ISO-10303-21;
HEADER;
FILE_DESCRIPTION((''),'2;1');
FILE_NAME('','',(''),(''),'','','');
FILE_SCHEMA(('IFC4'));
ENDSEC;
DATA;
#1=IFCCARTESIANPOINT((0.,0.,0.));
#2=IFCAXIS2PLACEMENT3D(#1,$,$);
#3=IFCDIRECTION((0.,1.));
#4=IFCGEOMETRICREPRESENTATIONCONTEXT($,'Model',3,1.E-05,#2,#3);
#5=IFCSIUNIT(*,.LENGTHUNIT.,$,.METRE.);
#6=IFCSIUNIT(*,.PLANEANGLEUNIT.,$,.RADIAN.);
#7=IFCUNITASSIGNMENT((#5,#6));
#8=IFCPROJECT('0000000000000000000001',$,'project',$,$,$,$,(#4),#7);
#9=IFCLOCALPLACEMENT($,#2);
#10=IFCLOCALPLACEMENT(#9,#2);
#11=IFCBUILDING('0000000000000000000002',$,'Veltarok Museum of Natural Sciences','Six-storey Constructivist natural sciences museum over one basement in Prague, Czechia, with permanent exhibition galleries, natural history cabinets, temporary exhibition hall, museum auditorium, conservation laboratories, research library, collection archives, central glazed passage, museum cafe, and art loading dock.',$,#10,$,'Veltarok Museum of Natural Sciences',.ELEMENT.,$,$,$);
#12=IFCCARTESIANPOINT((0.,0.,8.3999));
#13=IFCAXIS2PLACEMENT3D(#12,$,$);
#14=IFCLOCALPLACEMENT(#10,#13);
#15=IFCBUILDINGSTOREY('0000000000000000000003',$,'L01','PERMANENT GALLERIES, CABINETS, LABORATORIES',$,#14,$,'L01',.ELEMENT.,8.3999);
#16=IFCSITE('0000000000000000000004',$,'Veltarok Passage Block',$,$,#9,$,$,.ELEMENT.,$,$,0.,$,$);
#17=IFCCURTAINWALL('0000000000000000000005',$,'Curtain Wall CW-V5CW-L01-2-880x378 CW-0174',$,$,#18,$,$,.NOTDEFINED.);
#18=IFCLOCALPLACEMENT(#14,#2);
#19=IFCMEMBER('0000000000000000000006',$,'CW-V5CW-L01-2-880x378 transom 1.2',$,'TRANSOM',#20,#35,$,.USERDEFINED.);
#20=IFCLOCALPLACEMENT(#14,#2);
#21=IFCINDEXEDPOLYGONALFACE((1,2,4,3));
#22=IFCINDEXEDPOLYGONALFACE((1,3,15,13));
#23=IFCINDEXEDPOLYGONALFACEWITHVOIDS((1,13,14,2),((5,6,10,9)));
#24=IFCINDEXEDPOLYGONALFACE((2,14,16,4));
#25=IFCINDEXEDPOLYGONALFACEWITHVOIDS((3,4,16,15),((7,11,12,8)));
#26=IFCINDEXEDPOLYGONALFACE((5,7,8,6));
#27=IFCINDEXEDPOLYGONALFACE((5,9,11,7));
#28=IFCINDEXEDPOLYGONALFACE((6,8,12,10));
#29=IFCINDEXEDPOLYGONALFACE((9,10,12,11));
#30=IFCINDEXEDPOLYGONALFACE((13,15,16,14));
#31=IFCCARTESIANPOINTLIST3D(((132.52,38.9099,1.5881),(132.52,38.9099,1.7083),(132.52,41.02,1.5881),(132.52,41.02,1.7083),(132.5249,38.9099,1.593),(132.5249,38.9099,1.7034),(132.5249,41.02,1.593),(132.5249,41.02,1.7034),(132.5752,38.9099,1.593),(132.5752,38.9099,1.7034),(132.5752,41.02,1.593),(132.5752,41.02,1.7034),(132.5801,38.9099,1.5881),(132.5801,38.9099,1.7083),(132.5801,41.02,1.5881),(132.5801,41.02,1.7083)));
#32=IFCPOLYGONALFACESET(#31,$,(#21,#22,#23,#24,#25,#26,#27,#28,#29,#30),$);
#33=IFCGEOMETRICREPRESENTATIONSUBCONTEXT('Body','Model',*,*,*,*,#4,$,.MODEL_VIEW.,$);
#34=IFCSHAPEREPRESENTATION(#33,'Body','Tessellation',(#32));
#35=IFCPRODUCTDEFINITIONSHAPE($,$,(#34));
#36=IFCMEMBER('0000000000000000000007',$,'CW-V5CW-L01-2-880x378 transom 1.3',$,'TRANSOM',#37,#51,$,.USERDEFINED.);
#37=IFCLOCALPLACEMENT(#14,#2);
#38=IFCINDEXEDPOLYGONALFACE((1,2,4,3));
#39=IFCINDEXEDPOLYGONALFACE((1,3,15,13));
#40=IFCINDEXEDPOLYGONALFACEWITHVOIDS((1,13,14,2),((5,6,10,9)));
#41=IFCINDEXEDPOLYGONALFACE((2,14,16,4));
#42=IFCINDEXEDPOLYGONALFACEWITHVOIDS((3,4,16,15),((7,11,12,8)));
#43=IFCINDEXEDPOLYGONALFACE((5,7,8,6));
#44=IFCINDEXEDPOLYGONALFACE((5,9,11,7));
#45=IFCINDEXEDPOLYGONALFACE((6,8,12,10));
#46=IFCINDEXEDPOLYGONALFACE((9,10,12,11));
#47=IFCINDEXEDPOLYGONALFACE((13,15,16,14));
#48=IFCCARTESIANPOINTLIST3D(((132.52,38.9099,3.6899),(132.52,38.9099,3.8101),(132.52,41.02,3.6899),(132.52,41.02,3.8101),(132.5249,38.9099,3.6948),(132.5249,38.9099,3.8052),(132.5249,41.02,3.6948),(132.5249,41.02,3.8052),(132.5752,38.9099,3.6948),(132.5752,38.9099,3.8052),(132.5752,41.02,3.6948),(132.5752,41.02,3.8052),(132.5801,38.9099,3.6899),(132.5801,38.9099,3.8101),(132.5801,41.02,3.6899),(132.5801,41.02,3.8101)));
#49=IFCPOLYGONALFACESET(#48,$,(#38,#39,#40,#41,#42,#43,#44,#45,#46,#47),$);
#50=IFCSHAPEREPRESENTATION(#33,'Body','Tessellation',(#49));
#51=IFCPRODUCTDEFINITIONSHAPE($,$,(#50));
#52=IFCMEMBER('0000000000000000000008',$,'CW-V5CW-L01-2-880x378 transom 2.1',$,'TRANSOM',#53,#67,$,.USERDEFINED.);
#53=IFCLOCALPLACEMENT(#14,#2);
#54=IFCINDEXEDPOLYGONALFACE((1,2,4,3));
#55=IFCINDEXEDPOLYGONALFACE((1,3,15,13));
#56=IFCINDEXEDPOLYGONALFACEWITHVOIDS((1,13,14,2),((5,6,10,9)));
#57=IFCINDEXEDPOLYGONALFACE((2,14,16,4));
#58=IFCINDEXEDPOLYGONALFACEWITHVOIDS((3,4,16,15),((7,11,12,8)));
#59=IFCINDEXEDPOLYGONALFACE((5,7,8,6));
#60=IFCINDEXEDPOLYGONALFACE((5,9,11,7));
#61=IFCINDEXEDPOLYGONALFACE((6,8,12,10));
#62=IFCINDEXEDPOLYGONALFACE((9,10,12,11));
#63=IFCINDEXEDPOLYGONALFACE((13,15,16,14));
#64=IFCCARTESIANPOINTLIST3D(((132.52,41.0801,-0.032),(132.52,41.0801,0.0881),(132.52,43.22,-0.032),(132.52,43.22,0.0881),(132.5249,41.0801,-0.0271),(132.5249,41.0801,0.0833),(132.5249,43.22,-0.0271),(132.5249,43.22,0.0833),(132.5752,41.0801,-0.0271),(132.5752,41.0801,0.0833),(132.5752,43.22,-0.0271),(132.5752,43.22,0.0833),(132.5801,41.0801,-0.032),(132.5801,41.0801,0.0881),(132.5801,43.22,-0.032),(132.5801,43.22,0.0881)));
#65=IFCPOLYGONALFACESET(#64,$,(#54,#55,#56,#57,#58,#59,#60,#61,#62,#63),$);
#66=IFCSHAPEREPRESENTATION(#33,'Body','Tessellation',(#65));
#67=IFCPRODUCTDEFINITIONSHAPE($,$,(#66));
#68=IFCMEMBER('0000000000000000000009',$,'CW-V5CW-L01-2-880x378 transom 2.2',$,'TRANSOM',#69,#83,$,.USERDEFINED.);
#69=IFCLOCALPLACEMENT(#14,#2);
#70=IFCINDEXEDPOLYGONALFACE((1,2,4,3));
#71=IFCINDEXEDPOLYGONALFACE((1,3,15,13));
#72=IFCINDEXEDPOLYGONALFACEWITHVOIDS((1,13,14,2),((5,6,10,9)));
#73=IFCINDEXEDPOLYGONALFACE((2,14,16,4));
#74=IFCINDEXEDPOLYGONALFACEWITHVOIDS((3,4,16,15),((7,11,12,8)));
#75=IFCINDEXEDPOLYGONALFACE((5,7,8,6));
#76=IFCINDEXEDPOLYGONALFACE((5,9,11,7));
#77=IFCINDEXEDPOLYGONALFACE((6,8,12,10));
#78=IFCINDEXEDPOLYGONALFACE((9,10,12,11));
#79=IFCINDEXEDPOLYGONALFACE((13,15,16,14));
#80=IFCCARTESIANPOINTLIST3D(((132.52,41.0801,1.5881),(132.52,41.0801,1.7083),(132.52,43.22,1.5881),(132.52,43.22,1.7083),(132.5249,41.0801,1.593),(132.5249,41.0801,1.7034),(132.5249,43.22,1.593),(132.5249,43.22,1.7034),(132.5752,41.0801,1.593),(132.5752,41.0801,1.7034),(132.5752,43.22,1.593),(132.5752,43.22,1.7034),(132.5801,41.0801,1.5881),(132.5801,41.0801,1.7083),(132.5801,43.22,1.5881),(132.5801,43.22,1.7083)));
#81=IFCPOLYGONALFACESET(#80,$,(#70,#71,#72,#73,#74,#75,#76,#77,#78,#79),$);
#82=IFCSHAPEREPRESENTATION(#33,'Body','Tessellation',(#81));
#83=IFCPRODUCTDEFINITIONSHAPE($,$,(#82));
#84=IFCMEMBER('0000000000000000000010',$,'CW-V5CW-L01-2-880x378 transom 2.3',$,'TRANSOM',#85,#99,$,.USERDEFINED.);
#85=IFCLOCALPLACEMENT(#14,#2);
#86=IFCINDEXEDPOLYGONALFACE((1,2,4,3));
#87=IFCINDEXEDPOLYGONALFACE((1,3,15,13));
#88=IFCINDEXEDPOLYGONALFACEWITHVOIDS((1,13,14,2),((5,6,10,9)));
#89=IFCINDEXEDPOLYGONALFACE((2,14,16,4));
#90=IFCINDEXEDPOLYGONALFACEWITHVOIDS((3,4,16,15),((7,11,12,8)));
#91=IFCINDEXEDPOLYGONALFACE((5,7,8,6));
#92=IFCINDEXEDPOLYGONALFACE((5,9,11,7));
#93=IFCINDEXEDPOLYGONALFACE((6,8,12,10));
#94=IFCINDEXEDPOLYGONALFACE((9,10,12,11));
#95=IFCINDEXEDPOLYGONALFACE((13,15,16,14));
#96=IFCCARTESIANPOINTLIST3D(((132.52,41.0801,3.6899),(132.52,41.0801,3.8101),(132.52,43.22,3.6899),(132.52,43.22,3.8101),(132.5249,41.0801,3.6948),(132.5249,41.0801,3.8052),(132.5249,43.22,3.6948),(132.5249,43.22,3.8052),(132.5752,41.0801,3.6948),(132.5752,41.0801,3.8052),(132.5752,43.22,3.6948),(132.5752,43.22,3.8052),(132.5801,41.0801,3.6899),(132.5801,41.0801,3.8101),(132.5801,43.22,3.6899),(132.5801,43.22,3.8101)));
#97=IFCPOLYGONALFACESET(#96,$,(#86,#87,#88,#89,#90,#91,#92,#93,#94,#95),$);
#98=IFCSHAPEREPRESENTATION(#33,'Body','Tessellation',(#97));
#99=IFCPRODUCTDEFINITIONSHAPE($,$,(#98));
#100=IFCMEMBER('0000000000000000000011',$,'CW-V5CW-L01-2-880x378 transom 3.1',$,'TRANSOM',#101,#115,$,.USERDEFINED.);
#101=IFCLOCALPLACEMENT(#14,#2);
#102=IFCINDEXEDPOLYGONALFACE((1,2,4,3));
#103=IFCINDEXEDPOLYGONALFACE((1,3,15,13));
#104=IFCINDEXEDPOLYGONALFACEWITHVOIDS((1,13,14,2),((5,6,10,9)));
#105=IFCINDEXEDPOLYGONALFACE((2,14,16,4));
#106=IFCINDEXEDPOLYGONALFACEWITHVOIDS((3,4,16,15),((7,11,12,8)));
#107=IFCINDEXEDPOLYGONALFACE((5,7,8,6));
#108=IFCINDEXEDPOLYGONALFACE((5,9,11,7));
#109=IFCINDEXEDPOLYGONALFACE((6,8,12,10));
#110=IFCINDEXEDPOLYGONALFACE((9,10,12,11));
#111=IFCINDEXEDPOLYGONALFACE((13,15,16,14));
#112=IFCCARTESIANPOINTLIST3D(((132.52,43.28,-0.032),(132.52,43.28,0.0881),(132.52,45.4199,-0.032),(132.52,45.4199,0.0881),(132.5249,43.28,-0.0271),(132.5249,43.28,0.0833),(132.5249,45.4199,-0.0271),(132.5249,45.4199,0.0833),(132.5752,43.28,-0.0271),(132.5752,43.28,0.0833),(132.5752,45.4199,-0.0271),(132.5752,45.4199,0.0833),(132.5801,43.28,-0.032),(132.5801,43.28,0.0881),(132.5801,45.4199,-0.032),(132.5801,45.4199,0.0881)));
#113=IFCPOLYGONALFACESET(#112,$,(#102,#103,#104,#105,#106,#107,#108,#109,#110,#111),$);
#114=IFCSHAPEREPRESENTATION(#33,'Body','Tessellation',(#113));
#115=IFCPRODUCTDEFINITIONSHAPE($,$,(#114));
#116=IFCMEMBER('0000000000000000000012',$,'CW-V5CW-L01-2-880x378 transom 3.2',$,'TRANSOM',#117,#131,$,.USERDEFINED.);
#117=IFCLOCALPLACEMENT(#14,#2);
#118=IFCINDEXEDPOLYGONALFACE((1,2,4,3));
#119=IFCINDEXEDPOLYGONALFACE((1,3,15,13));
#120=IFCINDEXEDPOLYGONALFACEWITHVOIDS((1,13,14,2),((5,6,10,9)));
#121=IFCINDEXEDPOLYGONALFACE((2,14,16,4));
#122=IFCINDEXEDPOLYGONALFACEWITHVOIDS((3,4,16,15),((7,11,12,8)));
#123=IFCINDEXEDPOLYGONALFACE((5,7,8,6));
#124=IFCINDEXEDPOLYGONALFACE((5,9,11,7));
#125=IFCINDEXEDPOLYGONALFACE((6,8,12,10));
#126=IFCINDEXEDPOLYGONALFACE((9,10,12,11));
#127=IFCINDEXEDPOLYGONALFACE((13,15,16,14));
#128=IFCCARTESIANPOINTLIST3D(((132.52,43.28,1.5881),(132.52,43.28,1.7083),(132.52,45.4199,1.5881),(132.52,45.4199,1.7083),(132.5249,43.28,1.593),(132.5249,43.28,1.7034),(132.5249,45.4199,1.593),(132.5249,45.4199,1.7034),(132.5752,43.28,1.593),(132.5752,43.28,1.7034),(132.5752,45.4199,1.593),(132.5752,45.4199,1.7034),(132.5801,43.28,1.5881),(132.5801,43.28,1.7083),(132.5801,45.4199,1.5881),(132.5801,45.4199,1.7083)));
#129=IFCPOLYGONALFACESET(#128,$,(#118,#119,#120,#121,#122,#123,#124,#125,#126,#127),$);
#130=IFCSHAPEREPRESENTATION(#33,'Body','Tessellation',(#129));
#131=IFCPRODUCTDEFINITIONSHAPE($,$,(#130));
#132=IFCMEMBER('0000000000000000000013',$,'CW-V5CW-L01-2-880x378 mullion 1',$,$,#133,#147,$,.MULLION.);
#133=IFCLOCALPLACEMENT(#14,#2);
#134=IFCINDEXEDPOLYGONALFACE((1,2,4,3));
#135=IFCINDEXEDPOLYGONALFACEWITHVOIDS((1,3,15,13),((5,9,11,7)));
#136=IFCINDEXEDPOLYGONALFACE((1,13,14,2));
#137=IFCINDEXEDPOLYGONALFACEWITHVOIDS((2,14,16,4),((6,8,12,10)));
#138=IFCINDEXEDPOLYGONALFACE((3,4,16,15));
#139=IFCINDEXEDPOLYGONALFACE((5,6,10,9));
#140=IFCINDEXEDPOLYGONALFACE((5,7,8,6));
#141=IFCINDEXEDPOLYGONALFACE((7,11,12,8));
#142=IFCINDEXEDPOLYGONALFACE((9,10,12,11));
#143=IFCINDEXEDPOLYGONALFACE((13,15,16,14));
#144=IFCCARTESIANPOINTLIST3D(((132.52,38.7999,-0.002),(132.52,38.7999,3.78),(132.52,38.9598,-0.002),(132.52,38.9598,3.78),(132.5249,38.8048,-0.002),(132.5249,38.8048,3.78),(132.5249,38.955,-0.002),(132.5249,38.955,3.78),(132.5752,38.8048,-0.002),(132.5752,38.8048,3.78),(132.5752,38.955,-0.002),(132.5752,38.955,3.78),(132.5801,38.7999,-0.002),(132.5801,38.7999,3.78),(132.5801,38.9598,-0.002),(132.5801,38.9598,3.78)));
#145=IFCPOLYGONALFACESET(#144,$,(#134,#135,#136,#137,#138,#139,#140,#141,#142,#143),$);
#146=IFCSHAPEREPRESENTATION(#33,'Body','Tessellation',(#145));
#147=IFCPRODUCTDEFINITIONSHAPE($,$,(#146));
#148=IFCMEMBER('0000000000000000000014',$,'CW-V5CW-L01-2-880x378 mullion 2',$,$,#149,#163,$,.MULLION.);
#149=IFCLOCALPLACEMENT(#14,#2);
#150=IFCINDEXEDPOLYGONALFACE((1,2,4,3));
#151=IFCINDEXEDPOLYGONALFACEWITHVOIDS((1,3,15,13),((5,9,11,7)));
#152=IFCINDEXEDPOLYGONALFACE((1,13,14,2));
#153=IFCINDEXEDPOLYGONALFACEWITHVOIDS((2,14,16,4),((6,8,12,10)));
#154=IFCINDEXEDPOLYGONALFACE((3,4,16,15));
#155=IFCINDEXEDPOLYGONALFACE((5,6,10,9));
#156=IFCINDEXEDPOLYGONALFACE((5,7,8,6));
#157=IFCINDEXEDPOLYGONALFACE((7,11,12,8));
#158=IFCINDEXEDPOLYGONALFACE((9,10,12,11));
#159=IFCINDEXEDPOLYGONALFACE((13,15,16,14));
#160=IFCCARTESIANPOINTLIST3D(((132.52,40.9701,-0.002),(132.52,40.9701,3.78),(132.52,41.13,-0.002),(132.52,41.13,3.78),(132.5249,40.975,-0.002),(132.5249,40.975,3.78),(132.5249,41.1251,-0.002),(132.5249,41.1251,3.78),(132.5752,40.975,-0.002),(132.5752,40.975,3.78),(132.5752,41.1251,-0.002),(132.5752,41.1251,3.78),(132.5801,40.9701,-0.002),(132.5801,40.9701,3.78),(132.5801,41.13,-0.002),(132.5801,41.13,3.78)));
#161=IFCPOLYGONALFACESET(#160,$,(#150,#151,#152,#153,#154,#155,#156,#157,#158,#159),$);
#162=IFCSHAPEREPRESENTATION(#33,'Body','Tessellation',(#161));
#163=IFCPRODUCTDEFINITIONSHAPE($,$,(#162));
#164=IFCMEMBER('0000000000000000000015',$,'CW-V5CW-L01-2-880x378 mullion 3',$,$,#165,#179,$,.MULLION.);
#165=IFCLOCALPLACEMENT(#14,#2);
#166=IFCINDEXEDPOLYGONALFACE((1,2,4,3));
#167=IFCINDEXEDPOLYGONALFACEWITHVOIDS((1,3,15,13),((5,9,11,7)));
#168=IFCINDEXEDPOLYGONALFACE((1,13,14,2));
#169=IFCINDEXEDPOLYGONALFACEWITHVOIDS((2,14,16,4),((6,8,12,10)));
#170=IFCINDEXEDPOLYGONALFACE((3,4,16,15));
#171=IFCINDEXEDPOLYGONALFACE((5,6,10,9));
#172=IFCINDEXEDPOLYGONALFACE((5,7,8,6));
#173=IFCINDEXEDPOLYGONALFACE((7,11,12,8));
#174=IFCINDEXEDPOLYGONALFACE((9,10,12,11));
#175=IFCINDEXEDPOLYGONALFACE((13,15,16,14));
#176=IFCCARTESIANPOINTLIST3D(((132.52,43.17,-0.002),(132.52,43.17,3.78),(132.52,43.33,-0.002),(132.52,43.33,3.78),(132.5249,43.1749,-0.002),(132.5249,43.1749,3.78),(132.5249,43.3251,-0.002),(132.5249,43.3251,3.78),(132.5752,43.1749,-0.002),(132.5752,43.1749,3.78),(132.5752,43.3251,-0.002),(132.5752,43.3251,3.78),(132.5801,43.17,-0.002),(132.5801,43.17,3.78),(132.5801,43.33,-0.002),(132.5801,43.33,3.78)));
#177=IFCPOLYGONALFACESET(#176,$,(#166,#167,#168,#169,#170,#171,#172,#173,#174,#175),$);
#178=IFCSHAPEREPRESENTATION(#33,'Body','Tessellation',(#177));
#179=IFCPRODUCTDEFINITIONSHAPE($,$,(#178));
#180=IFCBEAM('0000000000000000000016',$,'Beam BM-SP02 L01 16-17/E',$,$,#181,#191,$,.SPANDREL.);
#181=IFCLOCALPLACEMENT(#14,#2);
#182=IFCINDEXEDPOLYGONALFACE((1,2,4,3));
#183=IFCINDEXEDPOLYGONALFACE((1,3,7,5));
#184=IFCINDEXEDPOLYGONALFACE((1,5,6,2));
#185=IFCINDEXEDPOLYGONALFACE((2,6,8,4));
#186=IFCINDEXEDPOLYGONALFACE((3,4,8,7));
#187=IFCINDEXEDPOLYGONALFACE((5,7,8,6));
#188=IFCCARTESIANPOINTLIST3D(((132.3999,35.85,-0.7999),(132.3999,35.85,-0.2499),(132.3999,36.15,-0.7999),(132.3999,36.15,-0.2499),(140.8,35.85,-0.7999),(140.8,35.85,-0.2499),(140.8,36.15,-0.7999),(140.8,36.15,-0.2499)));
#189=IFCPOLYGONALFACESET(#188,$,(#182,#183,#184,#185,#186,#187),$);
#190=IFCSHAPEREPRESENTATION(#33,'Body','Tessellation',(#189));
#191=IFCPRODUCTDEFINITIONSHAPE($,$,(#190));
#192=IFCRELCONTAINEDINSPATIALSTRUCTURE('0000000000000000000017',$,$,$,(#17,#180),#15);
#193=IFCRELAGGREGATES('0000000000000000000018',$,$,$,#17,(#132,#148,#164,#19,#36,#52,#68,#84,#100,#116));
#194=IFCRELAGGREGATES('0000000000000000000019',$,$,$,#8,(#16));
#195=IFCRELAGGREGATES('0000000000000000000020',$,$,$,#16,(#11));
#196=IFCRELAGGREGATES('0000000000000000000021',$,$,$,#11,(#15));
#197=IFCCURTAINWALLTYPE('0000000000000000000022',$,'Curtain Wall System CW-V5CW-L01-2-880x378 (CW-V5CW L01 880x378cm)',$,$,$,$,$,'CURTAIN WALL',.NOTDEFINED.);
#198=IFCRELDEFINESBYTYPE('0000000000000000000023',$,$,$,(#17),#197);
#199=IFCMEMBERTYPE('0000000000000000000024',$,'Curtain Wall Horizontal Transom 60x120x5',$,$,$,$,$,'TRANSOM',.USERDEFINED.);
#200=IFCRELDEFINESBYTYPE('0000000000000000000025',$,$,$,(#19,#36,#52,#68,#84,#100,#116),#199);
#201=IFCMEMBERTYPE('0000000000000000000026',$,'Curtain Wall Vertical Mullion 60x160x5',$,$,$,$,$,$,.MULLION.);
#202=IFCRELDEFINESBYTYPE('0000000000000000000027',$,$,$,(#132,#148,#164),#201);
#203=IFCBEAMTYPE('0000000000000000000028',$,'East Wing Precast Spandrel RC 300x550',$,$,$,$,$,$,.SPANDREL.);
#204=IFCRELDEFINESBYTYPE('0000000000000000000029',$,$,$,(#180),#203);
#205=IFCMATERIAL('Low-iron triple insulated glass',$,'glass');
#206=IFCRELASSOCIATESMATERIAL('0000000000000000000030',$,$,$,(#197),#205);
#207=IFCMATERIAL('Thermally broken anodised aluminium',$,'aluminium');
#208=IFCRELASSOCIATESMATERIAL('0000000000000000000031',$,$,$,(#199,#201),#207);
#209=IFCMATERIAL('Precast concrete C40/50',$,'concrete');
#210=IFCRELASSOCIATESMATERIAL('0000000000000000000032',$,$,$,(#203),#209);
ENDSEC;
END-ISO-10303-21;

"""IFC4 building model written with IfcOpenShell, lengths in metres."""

from ifc_helpers import new_model, si_unit, direction, frame, origin, origin_2d, place, context, subcontext, project, spatial, rectangle, hollow_rectangle, extrude, material, material_profile, profile_set, type_object, element, aggregate, save


model = new_model("IFC4")

# Units and contexts
model_context = context("Model", 3, precision=1e-05, world=origin(), true_north=direction((0.0, 1.0)))
body_context = subcontext(model_context, "Body", "Model", "MODEL_VIEW")
ifc_project = project(units=[si_unit("LENGTHUNIT", "METRE"), si_unit("PLANEANGLEUNIT", "RADIAN")], contexts=[model_context])

# Site, building, storey
site_placement = place(None, origin())
site = spatial("IfcSite", under=ifc_project, at=site_placement, Name="Veltarok Passage Block", CompositionType="ELEMENT", RefElevation=0.0)
building_placement = place(site_placement, origin())
building = spatial("IfcBuilding", under=site, at=building_placement, Name="Veltarok Museum of Natural Sciences", Description="Six-storey Constructivist natural sciences museum over one basement in Prague, Czechia, with permanent exhibition galleries, natural history cabinets, temporary exhibition hall, museum auditorium, conservation laboratories, research library, collection archives, central glazed passage, museum cafe, and art loading dock.", LongName="Veltarok Museum of Natural Sciences", CompositionType="ELEMENT")
storey_placement = place(building_placement, frame((0.0, 0.0, 8.3999)))
storey = spatial("IfcBuildingStorey", under=building, at=storey_placement, Name="L01", Description="PERMANENT GALLERIES, CABINETS, LABORATORIES", LongName="L01", CompositionType="ELEMENT", Elevation=8.3999)

# Curtain wall, members
ifc_material_1 = material(Name="Low-iron triple insulated glass", Category="glass")
curtain_wall_type = type_object("IfcCurtainWallType", Name="Curtain Wall System CW-V5CW-L01-2-880x378 (CW-V5CW L01 880x378cm)", ElementType="CURTAIN WALL", PredefinedType="NOTDEFINED", material=ifc_material_1)
curtain_wall_placement = place(storey_placement, origin())
curtain_wall = element("IfcCurtainWall", 1, at=curtain_wall_placement, inside=storey, type_object=curtain_wall_type, Name="Curtain Wall CW-V5CW-L01-2-880x378 CW-0174", PredefinedType="NOTDEFINED")
ifc_material_2 = material(Name="Thermally broken anodised aluminium", Category="aluminium")
ifc_material_profile_1 = material_profile(ifc_material_2, hollow_rectangle(XDim=0.0601, YDim=0.1201, WallThickness=0.0049, at=origin_2d()), Name="CW TRANSOM 60x120x5")
ifc_profile_set_1 = profile_set([ifc_material_profile_1], Name="Thermally broken anodised aluminium")
member_type_1 = type_object("IfcMemberType", Name="Curtain Wall Horizontal Transom 60x120x5", ElementType="TRANSOM", PredefinedType="USERDEFINED", material=ifc_profile_set_1)
member_1_placement = place(storey_placement, frame((132.55, 38.9099, 1.6482), z_axis=(0.0, 1.0, 0.0), x_axis=(-1.0, 0.0, 0.0)))
member_1 = element("IfcMember", 2, at=member_1_placement, type_object=member_type_1, Name="CW-V5CW-L01-2-880x378 transom 1.2", ObjectType="TRANSOM", PredefinedType="USERDEFINED", context=body_context, shape_type="SweptSolid", body=[
    extrude(hollow_rectangle(XDim=0.0601, YDim=0.1201, WallThickness=0.0049, at=origin_2d()), origin(), (0.0, 0.0, 1.0), 2.1101),
])
member_2_placement = place(storey_placement, frame((132.55, 38.9099, 3.75), z_axis=(0.0, 1.0, 0.0), x_axis=(-1.0, 0.0, 0.0)))
member_2 = element("IfcMember", 3, at=member_2_placement, type_object=member_type_1, Name="CW-V5CW-L01-2-880x378 transom 1.3", ObjectType="TRANSOM", PredefinedType="USERDEFINED", context=body_context, shape_type="SweptSolid", body=[
    extrude(hollow_rectangle(XDim=0.0601, YDim=0.1201, WallThickness=0.0049, at=origin_2d()), origin(), (0.0, 0.0, 1.0), 2.1101),
])
member_3_placement = place(storey_placement, frame((132.55, 41.0801, 0.0281), z_axis=(0.0, 1.0, 0.0), x_axis=(-1.0, 0.0, 0.0)))
member_3 = element("IfcMember", 4, at=member_3_placement, type_object=member_type_1, Name="CW-V5CW-L01-2-880x378 transom 2.1", ObjectType="TRANSOM", PredefinedType="USERDEFINED", context=body_context, shape_type="SweptSolid", body=[
    extrude(hollow_rectangle(XDim=0.0601, YDim=0.1201, WallThickness=0.0049, at=origin_2d()), origin(), (0.0, 0.0, 1.0), 2.1399),
])
member_4_placement = place(storey_placement, frame((132.55, 41.0801, 1.6482), z_axis=(0.0, 1.0, 0.0), x_axis=(-1.0, 0.0, 0.0)))
member_4 = element("IfcMember", 5, at=member_4_placement, type_object=member_type_1, Name="CW-V5CW-L01-2-880x378 transom 2.2", ObjectType="TRANSOM", PredefinedType="USERDEFINED", context=body_context, shape_type="SweptSolid", body=[
    extrude(hollow_rectangle(XDim=0.0601, YDim=0.1201, WallThickness=0.0049, at=origin_2d()), origin(), (0.0, 0.0, 1.0), 2.1399),
])
member_5_placement = place(storey_placement, frame((132.55, 41.0801, 3.75), z_axis=(0.0, 1.0, 0.0), x_axis=(-1.0, 0.0, 0.0)))
member_5 = element("IfcMember", 6, at=member_5_placement, type_object=member_type_1, Name="CW-V5CW-L01-2-880x378 transom 2.3", ObjectType="TRANSOM", PredefinedType="USERDEFINED", context=body_context, shape_type="SweptSolid", body=[
    extrude(hollow_rectangle(XDim=0.0601, YDim=0.1201, WallThickness=0.0049, at=origin_2d()), origin(), (0.0, 0.0, 1.0), 2.1399),
])
member_6_placement = place(storey_placement, frame((132.55, 43.28, 0.0281), z_axis=(0.0, 1.0, 0.0), x_axis=(-1.0, 0.0, 0.0)))
member_6 = element("IfcMember", 7, at=member_6_placement, type_object=member_type_1, Name="CW-V5CW-L01-2-880x378 transom 3.1", ObjectType="TRANSOM", PredefinedType="USERDEFINED", context=body_context, shape_type="SweptSolid", body=[
    extrude(hollow_rectangle(XDim=0.0601, YDim=0.1201, WallThickness=0.0049, at=origin_2d()), origin(), (0.0, 0.0, 1.0), 2.1399),
])
member_7_placement = place(storey_placement, frame((132.55, 43.28, 1.6482), z_axis=(0.0, 1.0, 0.0), x_axis=(-1.0, 0.0, 0.0)))
member_7 = element("IfcMember", 8, at=member_7_placement, type_object=member_type_1, Name="CW-V5CW-L01-2-880x378 transom 3.2", ObjectType="TRANSOM", PredefinedType="USERDEFINED", context=body_context, shape_type="SweptSolid", body=[
    extrude(hollow_rectangle(XDim=0.0601, YDim=0.1201, WallThickness=0.0049, at=origin_2d()), origin(), (0.0, 0.0, 1.0), 2.1399),
])
ifc_material_profile_2 = material_profile(ifc_material_2, hollow_rectangle(XDim=0.0601, YDim=0.1599, WallThickness=0.0049, at=origin_2d()), Name="CW MULLION 60x160x5")
ifc_profile_set_2 = profile_set([ifc_material_profile_2], Name="Thermally broken anodised aluminium")
member_type_2 = type_object("IfcMemberType", Name="Curtain Wall Vertical Mullion 60x160x5", PredefinedType="MULLION", material=ifc_profile_set_2)
member_8_placement = place(storey_placement, frame((132.55, 38.8799, -0.002), z_axis=(0.0, 0.0, 1.0), x_axis=(-1.0, 0.0, 0.0)))
member_8 = element("IfcMember", 9, at=member_8_placement, type_object=member_type_2, Name="CW-V5CW-L01-2-880x378 mullion 1", PredefinedType="MULLION", context=body_context, shape_type="SweptSolid", body=[
    extrude(hollow_rectangle(XDim=0.0601, YDim=0.1599, WallThickness=0.0049, at=origin_2d()), origin(), (0.0, 0.0, 1.0), 3.782),
])
member_9_placement = place(storey_placement, frame((132.55, 41.05, -0.002), z_axis=(0.0, 0.0, 1.0), x_axis=(-1.0, 0.0, 0.0)))
member_9 = element("IfcMember", 10, at=member_9_placement, type_object=member_type_2, Name="CW-V5CW-L01-2-880x378 mullion 2", PredefinedType="MULLION", context=body_context, shape_type="SweptSolid", body=[
    extrude(hollow_rectangle(XDim=0.0601, YDim=0.1599, WallThickness=0.0049, at=origin_2d()), origin(), (0.0, 0.0, 1.0), 3.782),
])
member_10_placement = place(storey_placement, frame((132.55, 43.25, -0.002), z_axis=(0.0, 0.0, 1.0), x_axis=(-1.0, 0.0, 0.0)))
member_10 = element("IfcMember", 11, at=member_10_placement, type_object=member_type_2, Name="CW-V5CW-L01-2-880x378 mullion 3", PredefinedType="MULLION", context=body_context, shape_type="SweptSolid", body=[
    extrude(hollow_rectangle(XDim=0.0601, YDim=0.1599, WallThickness=0.0049, at=origin_2d()), origin(), (0.0, 0.0, 1.0), 3.782),
])

# Beam
ifc_material_3 = material(Name="Precast concrete C40/50", Category="concrete")
ifc_material_profile_3 = material_profile(ifc_material_3, rectangle(XDim=0.3, YDim=0.55, at=origin_2d()), Name="RC 300x550")
ifc_profile_set_3 = profile_set([ifc_material_profile_3], Name="Precast concrete C40/50")
beam_type_1 = type_object("IfcBeamType", Name="East Wing Precast Spandrel RC 300x550", PredefinedType="SPANDREL", material=ifc_profile_set_3)
for number, where, z_axis, x_axis, name in (
    (12, (132.3999, 36.0, -0.5249), (1.0, 0.0, 0.0), (0.0, 1.0, 0.0), "Beam BM-SP02 L01 16-17/E"),
):
    element("IfcBeam", number, at=place(storey_placement, frame(where, z_axis=z_axis, x_axis=x_axis)), inside=storey, type_object=beam_type_1, Name=name, PredefinedType="SPANDREL", context=body_context, shape_type="SweptSolid", body=[
        extrude(rectangle(XDim=0.3, YDim=0.55, at=origin_2d()), origin(), (0.0, 0.0, 1.0), 8.4001),
    ])

aggregate(curtain_wall, [member_8, member_9, member_10, member_1, member_2, member_3, member_4, member_5, member_6, member_7])

save(model, "model.ifc")
